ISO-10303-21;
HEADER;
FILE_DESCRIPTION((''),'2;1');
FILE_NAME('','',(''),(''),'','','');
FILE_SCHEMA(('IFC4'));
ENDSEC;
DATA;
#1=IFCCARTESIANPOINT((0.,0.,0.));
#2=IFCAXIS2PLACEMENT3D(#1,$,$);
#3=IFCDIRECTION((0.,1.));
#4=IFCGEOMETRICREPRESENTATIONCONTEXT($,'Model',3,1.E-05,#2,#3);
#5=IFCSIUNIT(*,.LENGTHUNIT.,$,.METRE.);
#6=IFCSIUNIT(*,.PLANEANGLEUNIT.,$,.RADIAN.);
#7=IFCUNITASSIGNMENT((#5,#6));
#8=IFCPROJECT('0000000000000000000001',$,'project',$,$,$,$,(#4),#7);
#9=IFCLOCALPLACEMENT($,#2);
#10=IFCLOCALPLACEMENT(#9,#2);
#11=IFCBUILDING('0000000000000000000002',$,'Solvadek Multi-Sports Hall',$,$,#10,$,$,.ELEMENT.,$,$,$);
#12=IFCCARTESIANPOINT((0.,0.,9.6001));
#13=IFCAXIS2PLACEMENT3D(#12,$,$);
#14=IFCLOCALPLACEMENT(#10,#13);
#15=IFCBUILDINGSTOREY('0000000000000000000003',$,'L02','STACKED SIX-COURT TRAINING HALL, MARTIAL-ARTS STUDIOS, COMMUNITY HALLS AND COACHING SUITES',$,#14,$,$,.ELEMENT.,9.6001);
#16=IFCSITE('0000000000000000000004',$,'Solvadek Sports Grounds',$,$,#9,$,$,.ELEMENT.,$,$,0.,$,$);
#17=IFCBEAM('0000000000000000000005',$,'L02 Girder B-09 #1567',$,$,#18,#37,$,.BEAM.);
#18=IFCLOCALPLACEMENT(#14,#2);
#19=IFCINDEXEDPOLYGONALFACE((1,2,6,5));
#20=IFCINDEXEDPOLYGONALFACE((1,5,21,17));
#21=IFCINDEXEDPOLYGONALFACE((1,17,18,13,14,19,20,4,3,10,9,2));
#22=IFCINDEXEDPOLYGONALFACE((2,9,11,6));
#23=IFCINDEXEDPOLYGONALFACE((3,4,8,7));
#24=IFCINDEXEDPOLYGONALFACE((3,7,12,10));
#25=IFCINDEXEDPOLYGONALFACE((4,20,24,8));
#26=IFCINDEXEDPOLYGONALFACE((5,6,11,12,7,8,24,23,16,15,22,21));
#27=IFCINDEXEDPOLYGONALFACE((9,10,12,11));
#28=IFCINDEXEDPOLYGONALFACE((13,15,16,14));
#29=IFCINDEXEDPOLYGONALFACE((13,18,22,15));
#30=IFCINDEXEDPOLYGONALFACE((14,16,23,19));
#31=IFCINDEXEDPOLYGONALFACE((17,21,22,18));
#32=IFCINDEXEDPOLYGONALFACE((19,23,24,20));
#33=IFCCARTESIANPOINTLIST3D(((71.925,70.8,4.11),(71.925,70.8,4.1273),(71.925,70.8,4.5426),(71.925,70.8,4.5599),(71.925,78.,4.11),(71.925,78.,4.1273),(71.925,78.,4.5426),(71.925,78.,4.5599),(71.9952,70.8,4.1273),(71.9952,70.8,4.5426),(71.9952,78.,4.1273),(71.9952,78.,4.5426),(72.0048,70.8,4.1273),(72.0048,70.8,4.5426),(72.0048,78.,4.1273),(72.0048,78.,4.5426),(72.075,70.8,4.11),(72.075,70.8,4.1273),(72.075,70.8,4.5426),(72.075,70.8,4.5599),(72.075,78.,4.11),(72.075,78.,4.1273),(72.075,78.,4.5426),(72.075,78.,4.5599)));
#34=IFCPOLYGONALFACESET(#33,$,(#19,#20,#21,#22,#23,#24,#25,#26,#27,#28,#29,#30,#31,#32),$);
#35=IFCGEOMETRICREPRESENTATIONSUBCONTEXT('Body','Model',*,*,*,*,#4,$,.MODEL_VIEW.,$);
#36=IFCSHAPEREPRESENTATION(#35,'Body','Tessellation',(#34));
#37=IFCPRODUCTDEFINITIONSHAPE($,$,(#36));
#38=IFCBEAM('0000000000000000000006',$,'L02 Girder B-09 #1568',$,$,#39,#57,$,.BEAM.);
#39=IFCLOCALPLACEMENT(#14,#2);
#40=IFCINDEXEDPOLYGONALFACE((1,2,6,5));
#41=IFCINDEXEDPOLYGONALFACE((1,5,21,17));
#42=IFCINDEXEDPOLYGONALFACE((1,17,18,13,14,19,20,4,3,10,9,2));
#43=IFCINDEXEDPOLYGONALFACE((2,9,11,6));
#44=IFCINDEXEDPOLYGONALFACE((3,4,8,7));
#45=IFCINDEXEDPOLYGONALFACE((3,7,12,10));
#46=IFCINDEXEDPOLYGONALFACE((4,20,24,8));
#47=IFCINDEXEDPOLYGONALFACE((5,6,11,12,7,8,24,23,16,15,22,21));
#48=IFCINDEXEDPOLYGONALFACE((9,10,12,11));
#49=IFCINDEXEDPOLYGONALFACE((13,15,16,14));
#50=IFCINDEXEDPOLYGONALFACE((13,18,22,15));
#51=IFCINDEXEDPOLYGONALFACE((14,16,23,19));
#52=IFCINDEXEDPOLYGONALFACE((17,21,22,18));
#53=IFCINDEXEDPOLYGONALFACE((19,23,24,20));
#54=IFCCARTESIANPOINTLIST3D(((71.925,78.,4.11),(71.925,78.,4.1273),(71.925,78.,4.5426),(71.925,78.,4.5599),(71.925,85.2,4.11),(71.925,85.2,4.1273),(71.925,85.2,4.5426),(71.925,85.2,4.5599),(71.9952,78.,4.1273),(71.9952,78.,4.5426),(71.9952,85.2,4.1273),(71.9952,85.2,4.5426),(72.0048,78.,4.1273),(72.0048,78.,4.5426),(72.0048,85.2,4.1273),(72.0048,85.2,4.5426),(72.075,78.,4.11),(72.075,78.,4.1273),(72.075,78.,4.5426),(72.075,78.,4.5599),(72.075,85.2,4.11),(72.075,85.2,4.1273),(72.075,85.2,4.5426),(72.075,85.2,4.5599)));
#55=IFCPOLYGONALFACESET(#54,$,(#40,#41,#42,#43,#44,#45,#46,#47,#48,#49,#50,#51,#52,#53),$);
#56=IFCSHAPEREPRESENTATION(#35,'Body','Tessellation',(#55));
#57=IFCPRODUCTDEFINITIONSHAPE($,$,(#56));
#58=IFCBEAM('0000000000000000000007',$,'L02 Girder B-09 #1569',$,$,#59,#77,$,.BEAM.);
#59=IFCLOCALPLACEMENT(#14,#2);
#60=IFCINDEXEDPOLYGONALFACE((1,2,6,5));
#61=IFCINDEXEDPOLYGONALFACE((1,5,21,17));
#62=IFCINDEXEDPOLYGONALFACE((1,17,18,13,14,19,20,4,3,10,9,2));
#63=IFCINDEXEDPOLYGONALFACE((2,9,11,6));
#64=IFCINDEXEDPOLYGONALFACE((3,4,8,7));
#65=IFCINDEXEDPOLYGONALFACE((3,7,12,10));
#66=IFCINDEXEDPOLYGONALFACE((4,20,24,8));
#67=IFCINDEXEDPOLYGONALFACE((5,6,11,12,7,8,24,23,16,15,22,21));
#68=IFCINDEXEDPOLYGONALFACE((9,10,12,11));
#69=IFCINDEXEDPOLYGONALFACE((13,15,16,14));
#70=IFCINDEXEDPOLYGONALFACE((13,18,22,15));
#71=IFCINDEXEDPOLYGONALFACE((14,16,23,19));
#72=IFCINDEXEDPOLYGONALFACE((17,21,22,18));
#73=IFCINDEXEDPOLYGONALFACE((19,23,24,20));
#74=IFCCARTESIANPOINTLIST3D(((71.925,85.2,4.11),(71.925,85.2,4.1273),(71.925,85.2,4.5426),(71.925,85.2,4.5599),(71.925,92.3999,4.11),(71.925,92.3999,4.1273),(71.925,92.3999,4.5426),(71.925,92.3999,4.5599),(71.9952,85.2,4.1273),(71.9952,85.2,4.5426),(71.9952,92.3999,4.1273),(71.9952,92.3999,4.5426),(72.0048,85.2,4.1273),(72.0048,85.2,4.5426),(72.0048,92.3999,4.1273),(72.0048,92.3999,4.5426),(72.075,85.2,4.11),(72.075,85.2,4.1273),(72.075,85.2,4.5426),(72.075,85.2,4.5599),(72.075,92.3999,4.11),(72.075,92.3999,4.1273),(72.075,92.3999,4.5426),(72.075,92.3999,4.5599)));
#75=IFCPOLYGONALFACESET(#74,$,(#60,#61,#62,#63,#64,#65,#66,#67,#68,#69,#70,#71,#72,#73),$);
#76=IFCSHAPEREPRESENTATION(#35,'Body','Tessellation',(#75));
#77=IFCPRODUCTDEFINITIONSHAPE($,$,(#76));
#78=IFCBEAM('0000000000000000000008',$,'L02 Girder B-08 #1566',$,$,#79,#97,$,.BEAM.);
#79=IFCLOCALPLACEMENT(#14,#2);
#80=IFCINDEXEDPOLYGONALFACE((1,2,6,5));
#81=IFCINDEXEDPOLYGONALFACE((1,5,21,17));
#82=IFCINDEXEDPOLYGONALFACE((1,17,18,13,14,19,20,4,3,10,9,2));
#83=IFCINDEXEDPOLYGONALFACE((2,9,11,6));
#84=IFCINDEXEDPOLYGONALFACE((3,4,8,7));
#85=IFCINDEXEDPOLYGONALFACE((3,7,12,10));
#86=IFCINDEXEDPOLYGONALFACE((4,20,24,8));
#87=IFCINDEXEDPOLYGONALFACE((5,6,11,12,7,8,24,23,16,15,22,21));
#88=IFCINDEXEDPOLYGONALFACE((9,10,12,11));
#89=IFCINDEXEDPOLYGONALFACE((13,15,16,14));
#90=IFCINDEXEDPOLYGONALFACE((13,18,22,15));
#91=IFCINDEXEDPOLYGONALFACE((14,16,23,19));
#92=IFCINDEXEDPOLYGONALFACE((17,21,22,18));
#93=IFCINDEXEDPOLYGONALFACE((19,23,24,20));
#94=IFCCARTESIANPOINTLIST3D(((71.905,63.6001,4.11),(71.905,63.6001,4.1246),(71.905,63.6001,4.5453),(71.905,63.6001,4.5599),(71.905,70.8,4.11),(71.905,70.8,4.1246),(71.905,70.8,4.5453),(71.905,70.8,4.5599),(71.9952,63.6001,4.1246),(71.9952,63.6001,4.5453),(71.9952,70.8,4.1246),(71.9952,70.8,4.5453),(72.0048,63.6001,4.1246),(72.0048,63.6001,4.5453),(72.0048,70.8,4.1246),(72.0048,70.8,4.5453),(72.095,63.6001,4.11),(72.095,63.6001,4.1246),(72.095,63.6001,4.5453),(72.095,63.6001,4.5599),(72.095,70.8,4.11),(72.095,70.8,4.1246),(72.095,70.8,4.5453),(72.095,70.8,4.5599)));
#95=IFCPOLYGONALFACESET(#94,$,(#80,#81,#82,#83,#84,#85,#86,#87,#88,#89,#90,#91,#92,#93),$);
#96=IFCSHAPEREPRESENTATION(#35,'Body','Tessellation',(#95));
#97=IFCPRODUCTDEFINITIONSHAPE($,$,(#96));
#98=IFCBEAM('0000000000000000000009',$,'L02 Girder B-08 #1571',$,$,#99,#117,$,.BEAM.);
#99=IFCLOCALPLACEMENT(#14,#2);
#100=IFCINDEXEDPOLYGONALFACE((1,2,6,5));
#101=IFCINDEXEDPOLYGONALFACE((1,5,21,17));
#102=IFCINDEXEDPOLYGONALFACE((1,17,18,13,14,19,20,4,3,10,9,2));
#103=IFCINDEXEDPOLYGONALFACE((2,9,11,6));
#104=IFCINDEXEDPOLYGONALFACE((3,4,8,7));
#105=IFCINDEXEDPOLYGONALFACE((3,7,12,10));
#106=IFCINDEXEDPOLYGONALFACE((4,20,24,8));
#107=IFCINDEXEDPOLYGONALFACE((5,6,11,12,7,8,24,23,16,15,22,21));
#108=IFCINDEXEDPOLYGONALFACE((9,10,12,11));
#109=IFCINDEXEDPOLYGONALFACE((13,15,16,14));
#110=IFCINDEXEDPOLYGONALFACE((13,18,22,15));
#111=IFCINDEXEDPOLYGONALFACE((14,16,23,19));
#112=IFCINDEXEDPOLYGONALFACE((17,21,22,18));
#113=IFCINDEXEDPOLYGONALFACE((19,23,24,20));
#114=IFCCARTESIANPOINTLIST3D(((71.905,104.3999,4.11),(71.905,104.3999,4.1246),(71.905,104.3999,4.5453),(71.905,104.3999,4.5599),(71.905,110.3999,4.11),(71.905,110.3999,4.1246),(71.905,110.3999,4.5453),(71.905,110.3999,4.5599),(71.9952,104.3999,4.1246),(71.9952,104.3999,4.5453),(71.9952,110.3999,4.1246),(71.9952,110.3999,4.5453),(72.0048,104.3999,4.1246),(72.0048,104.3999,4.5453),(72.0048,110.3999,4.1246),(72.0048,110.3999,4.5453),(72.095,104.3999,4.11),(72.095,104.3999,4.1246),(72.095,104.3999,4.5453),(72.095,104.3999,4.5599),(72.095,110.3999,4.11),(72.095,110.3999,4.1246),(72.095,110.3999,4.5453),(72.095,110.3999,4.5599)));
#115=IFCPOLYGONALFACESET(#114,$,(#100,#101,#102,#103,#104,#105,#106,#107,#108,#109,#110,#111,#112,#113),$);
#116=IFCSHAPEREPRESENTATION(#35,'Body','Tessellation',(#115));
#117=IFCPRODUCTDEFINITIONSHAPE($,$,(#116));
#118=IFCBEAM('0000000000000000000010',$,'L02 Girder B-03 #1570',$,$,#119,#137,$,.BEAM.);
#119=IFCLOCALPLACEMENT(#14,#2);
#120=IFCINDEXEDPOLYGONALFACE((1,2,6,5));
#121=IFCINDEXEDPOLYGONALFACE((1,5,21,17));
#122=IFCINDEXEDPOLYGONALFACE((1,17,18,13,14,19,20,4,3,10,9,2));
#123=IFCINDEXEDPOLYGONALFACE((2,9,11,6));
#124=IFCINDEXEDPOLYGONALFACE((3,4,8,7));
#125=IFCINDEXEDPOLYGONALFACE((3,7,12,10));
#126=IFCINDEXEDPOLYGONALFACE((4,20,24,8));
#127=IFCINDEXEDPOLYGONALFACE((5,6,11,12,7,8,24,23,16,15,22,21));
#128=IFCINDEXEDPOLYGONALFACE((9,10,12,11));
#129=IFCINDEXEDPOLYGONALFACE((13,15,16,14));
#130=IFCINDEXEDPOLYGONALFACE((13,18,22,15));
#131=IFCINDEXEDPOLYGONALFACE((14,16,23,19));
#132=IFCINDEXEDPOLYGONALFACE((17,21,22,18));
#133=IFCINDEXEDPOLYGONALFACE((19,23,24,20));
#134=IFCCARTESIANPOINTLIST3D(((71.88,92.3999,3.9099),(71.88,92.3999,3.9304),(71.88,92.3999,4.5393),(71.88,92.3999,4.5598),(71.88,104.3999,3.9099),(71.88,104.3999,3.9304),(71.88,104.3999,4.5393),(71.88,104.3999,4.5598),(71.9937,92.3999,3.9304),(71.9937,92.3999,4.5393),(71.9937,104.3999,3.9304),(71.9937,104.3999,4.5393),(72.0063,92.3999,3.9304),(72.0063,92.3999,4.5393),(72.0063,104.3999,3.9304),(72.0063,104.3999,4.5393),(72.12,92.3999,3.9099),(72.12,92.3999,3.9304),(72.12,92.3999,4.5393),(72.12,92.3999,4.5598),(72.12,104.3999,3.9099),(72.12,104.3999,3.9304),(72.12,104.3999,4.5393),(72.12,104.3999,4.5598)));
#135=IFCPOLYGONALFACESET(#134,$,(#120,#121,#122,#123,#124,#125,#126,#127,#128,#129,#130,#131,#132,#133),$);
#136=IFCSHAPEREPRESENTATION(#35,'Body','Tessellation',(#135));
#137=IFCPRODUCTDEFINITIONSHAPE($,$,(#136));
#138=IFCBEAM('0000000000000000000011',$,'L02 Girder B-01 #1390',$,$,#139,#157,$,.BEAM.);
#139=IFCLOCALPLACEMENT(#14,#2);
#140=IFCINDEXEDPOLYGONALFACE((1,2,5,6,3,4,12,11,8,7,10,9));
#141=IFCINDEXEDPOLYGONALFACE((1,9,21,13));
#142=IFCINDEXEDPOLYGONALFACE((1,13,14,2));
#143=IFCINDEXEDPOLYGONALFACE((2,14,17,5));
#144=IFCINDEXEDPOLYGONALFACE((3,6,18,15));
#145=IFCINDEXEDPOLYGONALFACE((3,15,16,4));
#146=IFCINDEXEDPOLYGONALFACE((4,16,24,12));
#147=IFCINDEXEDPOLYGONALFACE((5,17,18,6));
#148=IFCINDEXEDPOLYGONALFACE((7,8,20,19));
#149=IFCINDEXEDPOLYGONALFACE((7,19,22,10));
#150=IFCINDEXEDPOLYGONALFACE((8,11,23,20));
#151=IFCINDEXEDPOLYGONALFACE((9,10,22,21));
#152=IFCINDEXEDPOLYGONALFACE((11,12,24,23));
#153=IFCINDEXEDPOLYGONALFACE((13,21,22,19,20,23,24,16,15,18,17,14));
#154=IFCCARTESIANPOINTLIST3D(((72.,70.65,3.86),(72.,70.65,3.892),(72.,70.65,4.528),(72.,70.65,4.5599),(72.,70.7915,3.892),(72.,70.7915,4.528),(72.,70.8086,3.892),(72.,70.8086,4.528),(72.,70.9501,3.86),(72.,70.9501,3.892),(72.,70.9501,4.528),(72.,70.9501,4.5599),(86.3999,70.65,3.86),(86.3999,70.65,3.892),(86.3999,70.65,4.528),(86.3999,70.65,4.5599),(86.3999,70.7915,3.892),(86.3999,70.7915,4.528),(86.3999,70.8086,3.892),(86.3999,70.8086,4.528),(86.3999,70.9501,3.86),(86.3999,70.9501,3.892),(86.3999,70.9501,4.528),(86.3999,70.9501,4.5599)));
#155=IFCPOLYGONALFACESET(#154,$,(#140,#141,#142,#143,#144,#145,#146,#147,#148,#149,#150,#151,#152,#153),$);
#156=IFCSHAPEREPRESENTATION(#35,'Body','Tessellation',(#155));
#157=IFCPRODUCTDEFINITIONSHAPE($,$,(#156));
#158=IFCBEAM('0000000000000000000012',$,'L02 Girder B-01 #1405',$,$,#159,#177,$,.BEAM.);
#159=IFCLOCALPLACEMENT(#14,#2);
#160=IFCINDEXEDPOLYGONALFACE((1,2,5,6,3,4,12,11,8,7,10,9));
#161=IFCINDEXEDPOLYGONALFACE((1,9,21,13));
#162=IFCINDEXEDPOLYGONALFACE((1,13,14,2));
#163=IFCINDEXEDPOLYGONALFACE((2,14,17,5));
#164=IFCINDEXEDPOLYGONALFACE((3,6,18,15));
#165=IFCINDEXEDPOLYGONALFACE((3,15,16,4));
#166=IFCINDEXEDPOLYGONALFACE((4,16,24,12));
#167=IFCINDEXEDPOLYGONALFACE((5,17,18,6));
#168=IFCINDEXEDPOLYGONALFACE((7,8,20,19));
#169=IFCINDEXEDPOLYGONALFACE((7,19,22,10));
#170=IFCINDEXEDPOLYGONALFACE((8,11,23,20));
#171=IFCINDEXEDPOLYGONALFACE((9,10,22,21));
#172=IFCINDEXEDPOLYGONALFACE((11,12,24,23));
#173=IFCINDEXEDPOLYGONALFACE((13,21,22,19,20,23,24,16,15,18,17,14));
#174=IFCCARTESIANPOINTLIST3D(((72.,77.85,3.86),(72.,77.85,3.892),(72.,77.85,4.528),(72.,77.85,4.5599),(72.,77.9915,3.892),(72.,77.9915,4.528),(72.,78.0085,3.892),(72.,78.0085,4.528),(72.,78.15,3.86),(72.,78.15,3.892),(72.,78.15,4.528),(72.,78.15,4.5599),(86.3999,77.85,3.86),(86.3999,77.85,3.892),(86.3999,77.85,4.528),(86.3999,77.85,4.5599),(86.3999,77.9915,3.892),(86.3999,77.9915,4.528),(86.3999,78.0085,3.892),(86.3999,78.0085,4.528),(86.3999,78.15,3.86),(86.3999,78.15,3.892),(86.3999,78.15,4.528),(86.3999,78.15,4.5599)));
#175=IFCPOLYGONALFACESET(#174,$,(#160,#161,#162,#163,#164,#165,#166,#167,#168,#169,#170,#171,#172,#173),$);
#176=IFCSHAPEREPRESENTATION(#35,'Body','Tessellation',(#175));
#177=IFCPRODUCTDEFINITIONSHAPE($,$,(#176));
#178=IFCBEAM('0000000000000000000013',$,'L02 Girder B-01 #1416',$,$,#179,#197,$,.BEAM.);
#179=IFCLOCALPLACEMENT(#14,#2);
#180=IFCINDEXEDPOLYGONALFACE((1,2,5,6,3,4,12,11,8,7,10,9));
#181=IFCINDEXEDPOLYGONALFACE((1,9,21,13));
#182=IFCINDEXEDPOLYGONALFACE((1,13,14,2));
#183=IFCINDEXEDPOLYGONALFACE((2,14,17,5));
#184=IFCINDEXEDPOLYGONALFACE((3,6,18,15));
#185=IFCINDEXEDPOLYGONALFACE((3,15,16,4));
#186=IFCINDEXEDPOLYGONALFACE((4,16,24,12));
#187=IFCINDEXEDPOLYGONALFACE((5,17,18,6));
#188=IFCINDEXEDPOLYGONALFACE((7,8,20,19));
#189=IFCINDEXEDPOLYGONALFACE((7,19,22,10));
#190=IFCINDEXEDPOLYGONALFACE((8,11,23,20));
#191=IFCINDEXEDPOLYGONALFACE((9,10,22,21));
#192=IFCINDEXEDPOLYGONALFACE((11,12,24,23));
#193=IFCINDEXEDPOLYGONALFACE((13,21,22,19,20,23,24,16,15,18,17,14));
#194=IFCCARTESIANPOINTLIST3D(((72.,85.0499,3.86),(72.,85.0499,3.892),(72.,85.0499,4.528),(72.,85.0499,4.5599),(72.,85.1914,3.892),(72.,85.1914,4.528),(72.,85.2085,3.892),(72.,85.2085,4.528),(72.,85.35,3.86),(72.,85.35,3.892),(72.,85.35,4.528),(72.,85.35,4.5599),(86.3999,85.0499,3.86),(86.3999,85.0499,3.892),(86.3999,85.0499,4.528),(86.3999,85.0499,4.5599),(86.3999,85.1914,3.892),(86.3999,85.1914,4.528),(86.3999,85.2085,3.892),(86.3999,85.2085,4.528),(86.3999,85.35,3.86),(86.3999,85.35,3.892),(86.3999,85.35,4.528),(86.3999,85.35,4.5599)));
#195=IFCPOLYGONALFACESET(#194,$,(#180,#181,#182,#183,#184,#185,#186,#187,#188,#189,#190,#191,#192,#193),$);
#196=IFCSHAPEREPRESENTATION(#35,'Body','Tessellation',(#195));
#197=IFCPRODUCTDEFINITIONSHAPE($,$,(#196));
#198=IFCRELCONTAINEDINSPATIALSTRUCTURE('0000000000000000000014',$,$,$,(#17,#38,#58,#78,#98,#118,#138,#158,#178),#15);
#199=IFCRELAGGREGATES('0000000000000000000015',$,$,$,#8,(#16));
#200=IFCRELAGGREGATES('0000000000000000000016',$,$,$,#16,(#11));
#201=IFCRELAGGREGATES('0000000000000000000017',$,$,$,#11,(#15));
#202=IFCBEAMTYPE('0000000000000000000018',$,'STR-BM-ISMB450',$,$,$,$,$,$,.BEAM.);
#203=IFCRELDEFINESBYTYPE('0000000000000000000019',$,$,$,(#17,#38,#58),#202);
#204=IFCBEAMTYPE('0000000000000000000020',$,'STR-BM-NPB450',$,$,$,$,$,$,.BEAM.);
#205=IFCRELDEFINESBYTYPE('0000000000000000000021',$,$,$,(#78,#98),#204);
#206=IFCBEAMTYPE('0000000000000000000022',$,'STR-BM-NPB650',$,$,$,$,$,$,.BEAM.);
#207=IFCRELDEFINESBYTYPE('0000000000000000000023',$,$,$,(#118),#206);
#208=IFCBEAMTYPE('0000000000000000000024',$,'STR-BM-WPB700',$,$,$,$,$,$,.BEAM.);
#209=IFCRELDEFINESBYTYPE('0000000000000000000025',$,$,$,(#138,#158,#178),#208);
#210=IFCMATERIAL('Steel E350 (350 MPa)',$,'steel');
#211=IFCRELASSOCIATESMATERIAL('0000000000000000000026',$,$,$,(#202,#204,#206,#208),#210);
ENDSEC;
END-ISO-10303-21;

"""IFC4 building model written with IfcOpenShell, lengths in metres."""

from ifc_helpers import new_model, si_unit, direction, frame, origin, origin_2d, place, context, subcontext, project, spatial, i_section, extrude, material, material_profile, profile_set, type_object, element, save


model = new_model("IFC4")

# Units and contexts
model_context = context("Model", 3, precision=1e-05, world=origin(), true_north=direction((0.0, 1.0)))
body_context = subcontext(model_context, "Body", "Model", "MODEL_VIEW")
ifc_project = project(units=[si_unit("LENGTHUNIT", "METRE"), si_unit("PLANEANGLEUNIT", "RADIAN")], contexts=[model_context])

# Site, building, storey
site_placement = place(None, origin())
site = spatial("IfcSite", under=ifc_project, at=site_placement, Name="Solvadek Sports Grounds", CompositionType="ELEMENT", RefElevation=0.0)
building_placement = place(site_placement, origin())
building = spatial("IfcBuilding", under=site, at=building_placement, Name="Solvadek Multi-Sports Hall", CompositionType="ELEMENT")
storey_placement = place(building_placement, frame((0.0, 0.0, 9.6001)))
storey = spatial("IfcBuildingStorey", under=building, at=storey_placement, Name="L02", Description="STACKED SIX-COURT TRAINING HALL, MARTIAL-ARTS STUDIOS, COMMUNITY HALLS AND COACHING SUITES", CompositionType="ELEMENT", Elevation=9.6001)

# Shared definitions
ifc_material_1 = material(Name="Steel E350 (350 MPa)", Category="steel")

# Beams
ifc_material_profile_1 = material_profile(ifc_material_1, i_section(OverallWidth=0.1499, OverallDepth=0.45, WebThickness=0.0095, FlangeThickness=0.0173, at=origin_2d()), Name="ISMB 450")
ifc_profile_set_1 = profile_set([ifc_material_profile_1], Name="Steel E350 (350 MPa)")
beam_type_1 = type_object("IfcBeamType", Name="STR-BM-ISMB450", PredefinedType="BEAM", material=ifc_profile_set_1)
for number, where, z_axis, x_axis, name in (
    (1, (72.0, 70.8, 4.335), (0.0, 1.0, 0.0), (-1.0, 0.0, 0.0), "L02 Girder B-09 #1567"),
    (2, (72.0, 78.0, 4.335), (0.0, 1.0, 0.0), (-1.0, 0.0, 0.0), "L02 Girder B-09 #1568"),
    (3, (72.0, 85.2, 4.335), (0.0, 1.0, 0.0), (-1.0, 0.0, 0.0), "L02 Girder B-09 #1569"),
):
    element("IfcBeam", number, at=place(storey_placement, frame(where, z_axis=z_axis, x_axis=x_axis)), inside=storey, type_object=beam_type_1, Name=name, PredefinedType="BEAM", context=body_context, shape_type="SweptSolid", body=[
        extrude(i_section(OverallWidth=0.1499, OverallDepth=0.45, WebThickness=0.0095, FlangeThickness=0.0173, at=origin_2d()), origin(), (0.0, 0.0, 1.0), 7.2),
    ])
ifc_material_profile_2 = material_profile(ifc_material_1, i_section(OverallWidth=0.1899, OverallDepth=0.45, WebThickness=0.0095, FlangeThickness=0.0146, at=origin_2d()), Name="NPB 450")
ifc_profile_set_2 = profile_set([ifc_material_profile_2], Name="Steel E350 (350 MPa)")
beam_type_2 = type_object("IfcBeamType", Name="STR-BM-NPB450", PredefinedType="BEAM", material=ifc_profile_set_2)
beam_1_placement = place(storey_placement, frame((72.0, 63.6001, 4.335), z_axis=(0.0, 1.0, 0.0), x_axis=(-1.0, 0.0, 0.0)))
element("IfcBeam", 4, at=beam_1_placement, inside=storey, type_object=beam_type_2, Name="L02 Girder B-08 #1566", PredefinedType="BEAM", context=body_context, shape_type="SweptSolid", body=[
    extrude(i_section(OverallWidth=0.1899, OverallDepth=0.45, WebThickness=0.0095, FlangeThickness=0.0146, at=origin_2d()), origin(), (0.0, 0.0, 1.0), 7.2),
])
beam_2_placement = place(storey_placement, frame((72.0, 104.3999, 4.335), z_axis=(0.0, 1.0, 0.0), x_axis=(-1.0, 0.0, 0.0)))
element("IfcBeam", 5, at=beam_2_placement, inside=storey, type_object=beam_type_2, Name="L02 Girder B-08 #1571", PredefinedType="BEAM", context=body_context, shape_type="SweptSolid", body=[
    extrude(i_section(OverallWidth=0.1899, OverallDepth=0.45, WebThickness=0.0095, FlangeThickness=0.0146, at=origin_2d()), origin(), (0.0, 0.0, 1.0), 6.0),
])
ifc_material_profile_3 = material_profile(ifc_material_1, i_section(OverallWidth=0.24, OverallDepth=0.6499, WebThickness=0.0127, FlangeThickness=0.0205, at=origin_2d()), Name="NPB 650")
ifc_profile_set_3 = profile_set([ifc_material_profile_3], Name="Steel E350 (350 MPa)")
beam_type_3 = type_object("IfcBeamType", Name="STR-BM-NPB650", PredefinedType="BEAM", material=ifc_profile_set_3)
beam_3_placement = place(storey_placement, frame((72.0, 92.3999, 4.2349), z_axis=(0.0, 1.0, 0.0), x_axis=(-1.0, 0.0, 0.0)))
element("IfcBeam", 6, at=beam_3_placement, inside=storey, type_object=beam_type_3, Name="L02 Girder B-03 #1570", PredefinedType="BEAM", context=body_context, shape_type="SweptSolid", body=[
    extrude(i_section(OverallWidth=0.24, OverallDepth=0.6499, WebThickness=0.0127, FlangeThickness=0.0205, at=origin_2d()), origin(), (0.0, 0.0, 1.0), 12.0),
])
ifc_material_profile_4 = material_profile(ifc_material_1, i_section(OverallWidth=0.3, OverallDepth=0.7, WebThickness=0.0171, FlangeThickness=0.032, at=origin_2d()), Name="WPB 700")
ifc_profile_set_4 = profile_set([ifc_material_profile_4], Name="Steel E350 (350 MPa)")
beam_type_4 = type_object("IfcBeamType", Name="STR-BM-WPB700", PredefinedType="BEAM", material=ifc_profile_set_4)
for number, where, z_axis, x_axis, name in (
    (7, (72.0, 70.8, 4.21), (1.0, 0.0, 0.0), (0.0, 1.0, 0.0), "L02 Girder B-01 #1390"),
    (8, (72.0, 78.0, 4.21), (1.0, 0.0, 0.0), (0.0, 1.0, 0.0), "L02 Girder B-01 #1405"),
    (9, (72.0, 85.2, 4.21), (1.0, 0.0, 0.0), (0.0, 1.0, 0.0), "L02 Girder B-01 #1416"),
):
    element("IfcBeam", number, at=place(storey_placement, frame(where, z_axis=z_axis, x_axis=x_axis)), inside=storey, type_object=beam_type_4, Name=name, PredefinedType="BEAM", context=body_context, shape_type="SweptSolid", body=[
        extrude(i_section(OverallWidth=0.3, OverallDepth=0.7, WebThickness=0.0171, FlangeThickness=0.032, at=origin_2d()), origin(), (0.0, 0.0, 1.0), 14.3999),
    ])

save(model, "model.ifc")
